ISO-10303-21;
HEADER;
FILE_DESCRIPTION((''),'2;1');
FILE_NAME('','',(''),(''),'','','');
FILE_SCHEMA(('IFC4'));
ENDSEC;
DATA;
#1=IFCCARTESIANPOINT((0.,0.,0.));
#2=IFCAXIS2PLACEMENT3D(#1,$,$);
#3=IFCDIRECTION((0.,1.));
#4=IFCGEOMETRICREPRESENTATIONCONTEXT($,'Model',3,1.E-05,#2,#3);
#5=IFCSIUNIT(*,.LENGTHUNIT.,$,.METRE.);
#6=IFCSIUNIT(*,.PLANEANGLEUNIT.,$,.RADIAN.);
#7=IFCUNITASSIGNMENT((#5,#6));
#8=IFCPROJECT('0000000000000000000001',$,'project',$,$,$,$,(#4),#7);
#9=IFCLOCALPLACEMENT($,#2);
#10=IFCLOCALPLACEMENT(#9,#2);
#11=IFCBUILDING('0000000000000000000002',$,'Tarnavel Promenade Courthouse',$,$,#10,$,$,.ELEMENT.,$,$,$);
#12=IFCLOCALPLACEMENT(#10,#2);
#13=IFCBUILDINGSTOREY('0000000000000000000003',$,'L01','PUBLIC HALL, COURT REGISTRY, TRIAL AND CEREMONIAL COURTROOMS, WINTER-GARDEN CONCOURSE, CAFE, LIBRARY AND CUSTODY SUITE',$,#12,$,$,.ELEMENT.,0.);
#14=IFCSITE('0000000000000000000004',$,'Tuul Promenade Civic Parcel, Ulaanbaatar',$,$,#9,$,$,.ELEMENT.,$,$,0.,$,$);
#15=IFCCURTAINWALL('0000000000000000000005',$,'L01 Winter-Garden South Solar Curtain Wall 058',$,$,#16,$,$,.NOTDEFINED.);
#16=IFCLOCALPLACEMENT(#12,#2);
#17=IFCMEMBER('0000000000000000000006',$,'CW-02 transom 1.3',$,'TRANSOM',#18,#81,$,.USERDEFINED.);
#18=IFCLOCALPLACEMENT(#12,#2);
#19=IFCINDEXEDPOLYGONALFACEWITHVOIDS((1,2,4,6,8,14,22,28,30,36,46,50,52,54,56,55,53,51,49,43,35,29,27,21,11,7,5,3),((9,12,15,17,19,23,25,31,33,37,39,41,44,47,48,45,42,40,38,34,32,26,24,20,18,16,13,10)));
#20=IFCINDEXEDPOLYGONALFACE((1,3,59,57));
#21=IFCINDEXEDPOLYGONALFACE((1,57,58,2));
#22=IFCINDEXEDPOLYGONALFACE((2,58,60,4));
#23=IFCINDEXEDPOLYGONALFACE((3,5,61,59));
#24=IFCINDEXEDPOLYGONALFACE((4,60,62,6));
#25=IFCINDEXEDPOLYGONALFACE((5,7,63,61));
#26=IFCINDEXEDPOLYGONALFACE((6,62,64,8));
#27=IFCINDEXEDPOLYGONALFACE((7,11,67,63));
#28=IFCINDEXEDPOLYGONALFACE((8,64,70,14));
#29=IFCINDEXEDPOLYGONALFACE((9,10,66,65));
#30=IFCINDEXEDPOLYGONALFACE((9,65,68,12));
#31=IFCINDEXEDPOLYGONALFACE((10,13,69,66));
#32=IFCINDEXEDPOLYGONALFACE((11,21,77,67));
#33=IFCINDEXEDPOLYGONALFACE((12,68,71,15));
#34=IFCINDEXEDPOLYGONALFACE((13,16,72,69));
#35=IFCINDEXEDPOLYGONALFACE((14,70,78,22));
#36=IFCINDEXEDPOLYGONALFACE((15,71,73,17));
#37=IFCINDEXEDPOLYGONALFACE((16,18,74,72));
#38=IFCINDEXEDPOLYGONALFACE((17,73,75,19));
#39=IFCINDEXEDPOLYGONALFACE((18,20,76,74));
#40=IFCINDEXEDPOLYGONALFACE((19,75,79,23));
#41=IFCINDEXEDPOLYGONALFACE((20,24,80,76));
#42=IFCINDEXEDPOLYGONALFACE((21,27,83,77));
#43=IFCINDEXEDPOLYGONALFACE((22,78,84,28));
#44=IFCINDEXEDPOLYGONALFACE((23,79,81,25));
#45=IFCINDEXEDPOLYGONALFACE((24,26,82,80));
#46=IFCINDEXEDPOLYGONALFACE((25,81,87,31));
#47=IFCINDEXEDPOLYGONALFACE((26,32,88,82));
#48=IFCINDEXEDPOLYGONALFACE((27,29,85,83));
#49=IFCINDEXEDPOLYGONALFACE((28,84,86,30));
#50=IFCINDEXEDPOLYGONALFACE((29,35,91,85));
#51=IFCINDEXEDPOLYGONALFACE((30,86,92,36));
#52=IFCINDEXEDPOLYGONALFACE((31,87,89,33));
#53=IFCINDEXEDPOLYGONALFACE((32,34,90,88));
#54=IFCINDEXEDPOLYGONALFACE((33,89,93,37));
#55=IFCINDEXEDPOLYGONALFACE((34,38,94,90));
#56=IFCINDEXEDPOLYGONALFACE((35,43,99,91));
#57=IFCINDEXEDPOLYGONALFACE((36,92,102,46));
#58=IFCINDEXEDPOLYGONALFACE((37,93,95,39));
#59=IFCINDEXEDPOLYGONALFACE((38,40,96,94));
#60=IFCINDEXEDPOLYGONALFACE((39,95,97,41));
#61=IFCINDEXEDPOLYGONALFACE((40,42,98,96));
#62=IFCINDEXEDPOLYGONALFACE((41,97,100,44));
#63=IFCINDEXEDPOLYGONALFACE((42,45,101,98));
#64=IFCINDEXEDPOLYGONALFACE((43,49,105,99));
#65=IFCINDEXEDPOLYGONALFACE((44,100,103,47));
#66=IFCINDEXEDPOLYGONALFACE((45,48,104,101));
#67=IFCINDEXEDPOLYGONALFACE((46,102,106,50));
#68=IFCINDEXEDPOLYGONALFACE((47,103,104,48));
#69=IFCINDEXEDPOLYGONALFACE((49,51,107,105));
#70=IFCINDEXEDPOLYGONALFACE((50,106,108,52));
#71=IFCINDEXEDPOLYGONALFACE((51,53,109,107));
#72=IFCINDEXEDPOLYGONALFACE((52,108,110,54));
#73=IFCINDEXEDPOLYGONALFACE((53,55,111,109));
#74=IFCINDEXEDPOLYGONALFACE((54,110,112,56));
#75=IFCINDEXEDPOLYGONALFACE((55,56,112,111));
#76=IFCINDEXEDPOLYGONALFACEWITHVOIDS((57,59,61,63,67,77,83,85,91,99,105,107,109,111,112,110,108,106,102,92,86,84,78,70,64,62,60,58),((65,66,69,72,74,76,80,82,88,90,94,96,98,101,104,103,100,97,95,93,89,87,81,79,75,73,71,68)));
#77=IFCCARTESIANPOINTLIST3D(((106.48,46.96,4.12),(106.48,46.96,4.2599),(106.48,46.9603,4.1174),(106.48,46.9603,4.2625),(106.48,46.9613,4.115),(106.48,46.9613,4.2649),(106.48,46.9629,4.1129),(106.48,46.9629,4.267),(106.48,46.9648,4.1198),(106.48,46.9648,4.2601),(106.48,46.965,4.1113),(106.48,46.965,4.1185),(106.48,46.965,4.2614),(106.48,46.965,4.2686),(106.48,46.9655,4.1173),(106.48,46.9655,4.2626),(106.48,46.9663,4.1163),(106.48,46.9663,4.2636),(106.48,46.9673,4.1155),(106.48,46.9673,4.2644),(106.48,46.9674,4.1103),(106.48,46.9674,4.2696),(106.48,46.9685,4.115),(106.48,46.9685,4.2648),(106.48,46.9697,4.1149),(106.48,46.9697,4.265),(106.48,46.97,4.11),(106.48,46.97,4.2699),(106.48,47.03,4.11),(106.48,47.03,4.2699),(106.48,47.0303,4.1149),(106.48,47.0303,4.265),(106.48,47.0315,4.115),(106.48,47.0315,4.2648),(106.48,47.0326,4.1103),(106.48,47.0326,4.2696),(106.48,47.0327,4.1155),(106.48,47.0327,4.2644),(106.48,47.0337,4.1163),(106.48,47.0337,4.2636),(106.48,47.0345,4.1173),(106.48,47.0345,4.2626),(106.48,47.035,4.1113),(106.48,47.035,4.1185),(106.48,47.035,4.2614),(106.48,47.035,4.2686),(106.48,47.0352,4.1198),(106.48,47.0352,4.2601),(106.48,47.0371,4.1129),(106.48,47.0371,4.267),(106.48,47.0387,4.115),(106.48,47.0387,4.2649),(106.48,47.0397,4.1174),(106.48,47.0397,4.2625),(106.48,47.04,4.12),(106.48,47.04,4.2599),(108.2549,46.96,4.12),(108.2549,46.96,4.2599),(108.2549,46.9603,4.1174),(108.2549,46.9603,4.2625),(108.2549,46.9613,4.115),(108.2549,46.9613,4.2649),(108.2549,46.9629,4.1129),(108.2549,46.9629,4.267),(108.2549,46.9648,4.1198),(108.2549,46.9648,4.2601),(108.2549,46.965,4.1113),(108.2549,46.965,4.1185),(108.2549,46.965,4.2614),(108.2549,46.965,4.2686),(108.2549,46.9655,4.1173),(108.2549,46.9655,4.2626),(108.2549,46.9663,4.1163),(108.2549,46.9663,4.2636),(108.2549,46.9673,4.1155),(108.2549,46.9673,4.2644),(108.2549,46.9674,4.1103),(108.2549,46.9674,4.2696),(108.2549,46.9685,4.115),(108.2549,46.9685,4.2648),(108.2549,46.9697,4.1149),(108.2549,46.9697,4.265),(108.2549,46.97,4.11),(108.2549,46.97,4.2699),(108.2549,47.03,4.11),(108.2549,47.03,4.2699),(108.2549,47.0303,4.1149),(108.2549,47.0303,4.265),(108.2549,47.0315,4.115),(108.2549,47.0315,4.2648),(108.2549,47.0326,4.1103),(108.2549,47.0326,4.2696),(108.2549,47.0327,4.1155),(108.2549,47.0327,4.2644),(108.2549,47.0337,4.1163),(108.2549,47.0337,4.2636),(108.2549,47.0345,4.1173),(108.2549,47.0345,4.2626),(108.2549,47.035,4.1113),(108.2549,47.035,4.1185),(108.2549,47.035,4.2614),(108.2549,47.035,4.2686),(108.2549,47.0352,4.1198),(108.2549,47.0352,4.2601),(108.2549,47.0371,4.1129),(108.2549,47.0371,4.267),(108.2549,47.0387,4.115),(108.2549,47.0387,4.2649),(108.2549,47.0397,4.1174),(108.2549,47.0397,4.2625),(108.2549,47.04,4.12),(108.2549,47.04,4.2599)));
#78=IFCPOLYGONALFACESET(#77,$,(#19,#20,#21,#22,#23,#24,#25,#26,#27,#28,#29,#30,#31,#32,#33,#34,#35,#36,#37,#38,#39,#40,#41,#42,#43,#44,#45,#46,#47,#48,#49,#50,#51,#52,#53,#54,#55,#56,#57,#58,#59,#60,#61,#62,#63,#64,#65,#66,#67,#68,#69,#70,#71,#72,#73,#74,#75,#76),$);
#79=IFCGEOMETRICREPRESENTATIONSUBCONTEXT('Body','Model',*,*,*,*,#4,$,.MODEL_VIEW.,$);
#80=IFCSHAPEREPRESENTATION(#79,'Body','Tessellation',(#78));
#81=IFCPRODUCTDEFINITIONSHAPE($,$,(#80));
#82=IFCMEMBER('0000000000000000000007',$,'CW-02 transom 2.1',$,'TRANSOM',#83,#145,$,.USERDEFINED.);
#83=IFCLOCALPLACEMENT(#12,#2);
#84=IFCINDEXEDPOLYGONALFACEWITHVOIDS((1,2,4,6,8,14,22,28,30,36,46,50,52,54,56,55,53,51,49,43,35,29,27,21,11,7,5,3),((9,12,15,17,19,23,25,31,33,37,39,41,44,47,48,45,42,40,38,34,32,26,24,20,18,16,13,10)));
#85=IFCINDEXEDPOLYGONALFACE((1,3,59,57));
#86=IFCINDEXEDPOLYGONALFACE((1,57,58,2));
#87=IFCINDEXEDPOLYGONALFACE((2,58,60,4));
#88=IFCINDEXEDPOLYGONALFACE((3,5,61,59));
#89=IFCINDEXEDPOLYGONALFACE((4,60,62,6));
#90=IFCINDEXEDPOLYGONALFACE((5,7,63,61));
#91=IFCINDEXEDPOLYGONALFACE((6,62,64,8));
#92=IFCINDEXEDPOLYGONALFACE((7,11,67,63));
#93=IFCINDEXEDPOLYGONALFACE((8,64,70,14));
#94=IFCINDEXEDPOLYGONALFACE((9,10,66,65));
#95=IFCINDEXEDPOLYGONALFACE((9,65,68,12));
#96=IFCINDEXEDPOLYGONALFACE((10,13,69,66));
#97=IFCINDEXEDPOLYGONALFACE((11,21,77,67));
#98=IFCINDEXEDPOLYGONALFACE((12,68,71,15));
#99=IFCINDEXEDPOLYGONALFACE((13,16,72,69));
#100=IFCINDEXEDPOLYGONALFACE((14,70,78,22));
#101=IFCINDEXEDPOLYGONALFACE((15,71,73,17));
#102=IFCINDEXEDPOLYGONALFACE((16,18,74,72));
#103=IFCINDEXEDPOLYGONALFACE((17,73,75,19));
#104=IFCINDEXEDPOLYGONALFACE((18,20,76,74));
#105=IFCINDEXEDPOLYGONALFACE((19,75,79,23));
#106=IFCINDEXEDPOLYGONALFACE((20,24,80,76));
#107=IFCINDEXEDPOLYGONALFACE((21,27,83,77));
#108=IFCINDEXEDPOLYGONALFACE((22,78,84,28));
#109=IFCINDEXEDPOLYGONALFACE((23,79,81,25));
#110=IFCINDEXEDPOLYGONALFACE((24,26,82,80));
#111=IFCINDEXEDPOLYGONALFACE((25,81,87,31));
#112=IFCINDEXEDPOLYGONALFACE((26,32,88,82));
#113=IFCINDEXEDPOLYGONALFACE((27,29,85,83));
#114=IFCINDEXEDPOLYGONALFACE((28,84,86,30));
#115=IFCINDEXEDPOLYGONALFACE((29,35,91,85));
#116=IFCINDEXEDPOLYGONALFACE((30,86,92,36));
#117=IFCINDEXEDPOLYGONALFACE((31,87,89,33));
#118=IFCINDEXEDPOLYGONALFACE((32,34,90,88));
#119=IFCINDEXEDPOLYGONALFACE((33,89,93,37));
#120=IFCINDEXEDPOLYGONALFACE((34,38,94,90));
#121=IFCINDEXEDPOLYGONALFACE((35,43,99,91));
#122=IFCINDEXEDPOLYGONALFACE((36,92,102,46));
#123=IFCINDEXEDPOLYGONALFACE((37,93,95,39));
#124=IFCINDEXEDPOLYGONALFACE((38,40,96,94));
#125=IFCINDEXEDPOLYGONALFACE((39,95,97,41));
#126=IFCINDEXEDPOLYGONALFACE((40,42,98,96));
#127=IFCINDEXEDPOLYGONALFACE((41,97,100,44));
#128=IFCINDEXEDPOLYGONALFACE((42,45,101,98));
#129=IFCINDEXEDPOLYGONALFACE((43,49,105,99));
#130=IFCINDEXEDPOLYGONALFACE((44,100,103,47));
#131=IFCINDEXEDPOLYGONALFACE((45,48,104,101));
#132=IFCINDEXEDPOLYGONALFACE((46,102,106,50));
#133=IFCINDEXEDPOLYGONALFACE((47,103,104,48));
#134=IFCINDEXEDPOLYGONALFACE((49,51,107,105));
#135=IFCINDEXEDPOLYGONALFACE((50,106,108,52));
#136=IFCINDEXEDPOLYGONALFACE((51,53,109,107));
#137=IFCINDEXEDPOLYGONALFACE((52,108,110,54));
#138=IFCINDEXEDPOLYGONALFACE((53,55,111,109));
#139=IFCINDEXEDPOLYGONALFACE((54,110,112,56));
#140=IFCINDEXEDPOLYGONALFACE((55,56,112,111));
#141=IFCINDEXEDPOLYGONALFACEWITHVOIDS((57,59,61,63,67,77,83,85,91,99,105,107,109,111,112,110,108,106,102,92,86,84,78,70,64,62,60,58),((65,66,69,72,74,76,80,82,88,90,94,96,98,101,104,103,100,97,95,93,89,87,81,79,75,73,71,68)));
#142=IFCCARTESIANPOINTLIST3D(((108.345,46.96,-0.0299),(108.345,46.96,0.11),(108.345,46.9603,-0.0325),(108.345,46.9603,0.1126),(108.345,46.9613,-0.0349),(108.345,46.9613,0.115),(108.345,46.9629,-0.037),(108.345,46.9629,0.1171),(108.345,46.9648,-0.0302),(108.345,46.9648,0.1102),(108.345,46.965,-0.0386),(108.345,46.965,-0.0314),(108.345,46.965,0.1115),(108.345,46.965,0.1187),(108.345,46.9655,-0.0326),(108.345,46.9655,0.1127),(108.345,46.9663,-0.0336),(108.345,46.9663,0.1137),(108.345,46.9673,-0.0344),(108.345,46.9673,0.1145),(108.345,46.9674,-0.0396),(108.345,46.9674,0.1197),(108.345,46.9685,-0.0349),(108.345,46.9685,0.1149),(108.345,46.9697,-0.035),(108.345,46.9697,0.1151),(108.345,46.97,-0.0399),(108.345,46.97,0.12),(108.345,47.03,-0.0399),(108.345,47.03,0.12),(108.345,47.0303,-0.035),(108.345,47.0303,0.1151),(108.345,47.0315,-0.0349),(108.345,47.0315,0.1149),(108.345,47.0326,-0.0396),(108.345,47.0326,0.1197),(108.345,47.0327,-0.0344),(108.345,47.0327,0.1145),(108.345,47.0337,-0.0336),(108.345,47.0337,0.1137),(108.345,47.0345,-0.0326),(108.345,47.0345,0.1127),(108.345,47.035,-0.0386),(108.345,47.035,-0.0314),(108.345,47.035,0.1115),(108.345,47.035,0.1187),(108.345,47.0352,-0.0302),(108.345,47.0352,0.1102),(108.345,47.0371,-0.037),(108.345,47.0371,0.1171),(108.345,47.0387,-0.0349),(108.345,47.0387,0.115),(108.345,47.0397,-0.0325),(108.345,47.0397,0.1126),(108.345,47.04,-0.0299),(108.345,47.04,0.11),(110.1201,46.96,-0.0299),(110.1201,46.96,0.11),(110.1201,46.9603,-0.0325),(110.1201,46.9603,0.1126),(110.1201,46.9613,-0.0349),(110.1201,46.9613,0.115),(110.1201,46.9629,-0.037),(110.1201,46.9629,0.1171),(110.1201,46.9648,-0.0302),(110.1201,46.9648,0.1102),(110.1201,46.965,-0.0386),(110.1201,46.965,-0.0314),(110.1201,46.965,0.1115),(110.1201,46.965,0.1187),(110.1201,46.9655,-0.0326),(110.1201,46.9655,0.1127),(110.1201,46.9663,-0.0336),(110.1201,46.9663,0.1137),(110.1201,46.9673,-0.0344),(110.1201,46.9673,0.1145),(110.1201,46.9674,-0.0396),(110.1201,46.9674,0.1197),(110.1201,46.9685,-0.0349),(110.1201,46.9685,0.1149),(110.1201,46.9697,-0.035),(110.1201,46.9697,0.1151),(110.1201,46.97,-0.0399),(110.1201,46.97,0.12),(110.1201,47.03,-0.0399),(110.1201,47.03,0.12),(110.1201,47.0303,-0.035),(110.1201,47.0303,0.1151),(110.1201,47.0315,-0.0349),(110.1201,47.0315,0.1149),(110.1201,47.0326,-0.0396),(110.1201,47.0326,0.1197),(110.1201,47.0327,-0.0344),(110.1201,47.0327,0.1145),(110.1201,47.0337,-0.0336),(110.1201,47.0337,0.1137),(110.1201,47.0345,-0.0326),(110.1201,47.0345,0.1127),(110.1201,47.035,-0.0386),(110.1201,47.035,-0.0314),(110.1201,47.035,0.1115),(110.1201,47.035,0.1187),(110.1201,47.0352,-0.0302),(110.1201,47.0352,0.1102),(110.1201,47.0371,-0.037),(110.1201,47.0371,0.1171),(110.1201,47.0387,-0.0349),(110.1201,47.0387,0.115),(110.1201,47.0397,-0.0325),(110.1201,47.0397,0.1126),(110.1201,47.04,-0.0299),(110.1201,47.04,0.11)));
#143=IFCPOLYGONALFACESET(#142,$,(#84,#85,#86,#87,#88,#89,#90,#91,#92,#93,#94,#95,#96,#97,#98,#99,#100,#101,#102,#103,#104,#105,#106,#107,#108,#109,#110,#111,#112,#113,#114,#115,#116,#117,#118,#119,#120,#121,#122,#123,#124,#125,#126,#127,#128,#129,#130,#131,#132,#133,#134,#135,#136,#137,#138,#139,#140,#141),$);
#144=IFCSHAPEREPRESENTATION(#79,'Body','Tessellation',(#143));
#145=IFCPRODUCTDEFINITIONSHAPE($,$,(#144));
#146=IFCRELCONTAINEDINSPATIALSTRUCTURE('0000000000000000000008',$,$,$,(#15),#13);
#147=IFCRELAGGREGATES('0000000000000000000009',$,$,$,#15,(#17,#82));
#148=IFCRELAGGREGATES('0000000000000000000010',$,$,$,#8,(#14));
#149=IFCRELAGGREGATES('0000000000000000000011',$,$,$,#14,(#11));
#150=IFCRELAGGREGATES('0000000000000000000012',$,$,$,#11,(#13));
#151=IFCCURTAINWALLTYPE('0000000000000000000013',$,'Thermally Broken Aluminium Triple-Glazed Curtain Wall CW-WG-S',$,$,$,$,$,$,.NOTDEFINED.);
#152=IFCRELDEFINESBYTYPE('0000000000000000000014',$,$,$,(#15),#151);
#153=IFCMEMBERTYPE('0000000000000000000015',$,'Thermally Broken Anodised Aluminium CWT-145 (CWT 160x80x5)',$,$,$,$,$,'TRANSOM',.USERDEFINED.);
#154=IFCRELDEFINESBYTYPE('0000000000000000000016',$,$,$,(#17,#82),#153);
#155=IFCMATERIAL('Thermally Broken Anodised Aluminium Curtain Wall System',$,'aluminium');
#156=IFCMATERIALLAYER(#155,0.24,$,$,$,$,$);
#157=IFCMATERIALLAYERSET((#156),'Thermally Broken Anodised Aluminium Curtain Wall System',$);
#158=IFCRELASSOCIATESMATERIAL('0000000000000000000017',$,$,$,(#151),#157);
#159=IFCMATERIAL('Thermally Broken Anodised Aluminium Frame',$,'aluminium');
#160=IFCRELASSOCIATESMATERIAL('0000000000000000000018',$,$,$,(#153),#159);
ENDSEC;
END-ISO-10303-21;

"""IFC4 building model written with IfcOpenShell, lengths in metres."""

from ifc_helpers import new_model, si_unit, direction, frame, origin, origin_2d, place, context, subcontext, project, spatial, hollow_rectangle, extrude, material, layer, layer_set, material_profile, profile_set, type_object, element, aggregate, save


model = new_model("IFC4")

# Units and contexts
model_context = context("Model", 3, precision=1e-05, world=origin(), true_north=direction((0.0, 1.0)))
body_context = subcontext(model_context, "Body", "Model", "MODEL_VIEW")
ifc_project = project(units=[si_unit("LENGTHUNIT", "METRE"), si_unit("PLANEANGLEUNIT", "RADIAN")], contexts=[model_context])

# Site, building, storey
site_placement = place(None, origin())
site = spatial("IfcSite", under=ifc_project, at=site_placement, Name="Tuul Promenade Civic Parcel, Ulaanbaatar", CompositionType="ELEMENT", RefElevation=0.0)
building_placement = place(site_placement, origin())
building = spatial("IfcBuilding", under=site, at=building_placement, Name="Tarnavel Promenade Courthouse", CompositionType="ELEMENT")
storey_placement = place(building_placement, origin())
storey = spatial("IfcBuildingStorey", under=building, at=storey_placement, Name="L01", Description="PUBLIC HALL, COURT REGISTRY, TRIAL AND CEREMONIAL COURTROOMS, WINTER-GARDEN CONCOURSE, CAFE, LIBRARY AND CUSTODY SUITE", CompositionType="ELEMENT", Elevation=0.0)

# Shared definitions
ifc_material_1 = material(Name="Thermally Broken Anodised Aluminium Curtain Wall System", Category="aluminium")
ifc_layer_1 = layer(ifc_material_1, 0.24)
ifc_layer_set_1 = layer_set([ifc_layer_1], Name="Thermally Broken Anodised Aluminium Curtain Wall System")
curtain_wall_type = type_object("IfcCurtainWallType", Name="Thermally Broken Aluminium Triple-Glazed Curtain Wall CW-WG-S", PredefinedType="NOTDEFINED", material=ifc_layer_set_1)
ifc_material_2 = material(Name="Thermally Broken Anodised Aluminium Frame", Category="aluminium")

# Curtain wall
curtain_wall_1_placement = place(storey_placement, origin())
curtain_wall_1 = element("IfcCurtainWall", 1, at=curtain_wall_1_placement, inside=storey, type_object=curtain_wall_type, Name="L01 Winter-Garden South Solar Curtain Wall 058", PredefinedType="NOTDEFINED")

# Members
ifc_material_profile_1 = material_profile(ifc_material_2, hollow_rectangle(XDim=0.0801, YDim=0.1599, WallThickness=0.0049, InnerFilletRadius=0.0049, OuterFilletRadius=0.01, at=origin_2d()), Name="CWT 160x80x5")
ifc_profile_set_1 = profile_set([ifc_material_profile_1], Name="Thermally Broken Anodised Aluminium Frame")
member_type_1 = type_object("IfcMemberType", Name="Thermally Broken Anodised Aluminium CWT-145 (CWT 160x80x5)", ElementType="TRANSOM", PredefinedType="USERDEFINED", material=ifc_profile_set_1)
member_1_placement = place(storey_placement, frame((106.48, 47.0, 4.1899), z_axis=(1.0, 0.0, 0.0), x_axis=(0.0, 1.0, 0.0)))
member_1 = element("IfcMember", 2, at=member_1_placement, type_object=member_type_1, Name="CW-02 transom 1.3", ObjectType="TRANSOM", PredefinedType="USERDEFINED", context=body_context, shape_type="SweptSolid", body=[
    extrude(hollow_rectangle(XDim=0.0801, YDim=0.1599, WallThickness=0.0049, InnerFilletRadius=0.0049, OuterFilletRadius=0.01, at=origin_2d()), origin(), (0.0, 0.0, 1.0), 1.7749),
])
member_2_placement = place(storey_placement, frame((108.345, 47.0, 0.04), z_axis=(1.0, 0.0, 0.0), x_axis=(0.0, 1.0, 0.0)))
member_2 = element("IfcMember", 3, at=member_2_placement, type_object=member_type_1, Name="CW-02 transom 2.1", ObjectType="TRANSOM", PredefinedType="USERDEFINED", context=body_context, shape_type="SweptSolid", body=[
    extrude(hollow_rectangle(XDim=0.0801, YDim=0.1599, WallThickness=0.0049, InnerFilletRadius=0.0049, OuterFilletRadius=0.01, at=origin_2d()), origin(), (0.0, 0.0, 1.0), 1.7751),
])

aggregate(curtain_wall_1, [member_1, member_2])

save(model, "model.ifc")
